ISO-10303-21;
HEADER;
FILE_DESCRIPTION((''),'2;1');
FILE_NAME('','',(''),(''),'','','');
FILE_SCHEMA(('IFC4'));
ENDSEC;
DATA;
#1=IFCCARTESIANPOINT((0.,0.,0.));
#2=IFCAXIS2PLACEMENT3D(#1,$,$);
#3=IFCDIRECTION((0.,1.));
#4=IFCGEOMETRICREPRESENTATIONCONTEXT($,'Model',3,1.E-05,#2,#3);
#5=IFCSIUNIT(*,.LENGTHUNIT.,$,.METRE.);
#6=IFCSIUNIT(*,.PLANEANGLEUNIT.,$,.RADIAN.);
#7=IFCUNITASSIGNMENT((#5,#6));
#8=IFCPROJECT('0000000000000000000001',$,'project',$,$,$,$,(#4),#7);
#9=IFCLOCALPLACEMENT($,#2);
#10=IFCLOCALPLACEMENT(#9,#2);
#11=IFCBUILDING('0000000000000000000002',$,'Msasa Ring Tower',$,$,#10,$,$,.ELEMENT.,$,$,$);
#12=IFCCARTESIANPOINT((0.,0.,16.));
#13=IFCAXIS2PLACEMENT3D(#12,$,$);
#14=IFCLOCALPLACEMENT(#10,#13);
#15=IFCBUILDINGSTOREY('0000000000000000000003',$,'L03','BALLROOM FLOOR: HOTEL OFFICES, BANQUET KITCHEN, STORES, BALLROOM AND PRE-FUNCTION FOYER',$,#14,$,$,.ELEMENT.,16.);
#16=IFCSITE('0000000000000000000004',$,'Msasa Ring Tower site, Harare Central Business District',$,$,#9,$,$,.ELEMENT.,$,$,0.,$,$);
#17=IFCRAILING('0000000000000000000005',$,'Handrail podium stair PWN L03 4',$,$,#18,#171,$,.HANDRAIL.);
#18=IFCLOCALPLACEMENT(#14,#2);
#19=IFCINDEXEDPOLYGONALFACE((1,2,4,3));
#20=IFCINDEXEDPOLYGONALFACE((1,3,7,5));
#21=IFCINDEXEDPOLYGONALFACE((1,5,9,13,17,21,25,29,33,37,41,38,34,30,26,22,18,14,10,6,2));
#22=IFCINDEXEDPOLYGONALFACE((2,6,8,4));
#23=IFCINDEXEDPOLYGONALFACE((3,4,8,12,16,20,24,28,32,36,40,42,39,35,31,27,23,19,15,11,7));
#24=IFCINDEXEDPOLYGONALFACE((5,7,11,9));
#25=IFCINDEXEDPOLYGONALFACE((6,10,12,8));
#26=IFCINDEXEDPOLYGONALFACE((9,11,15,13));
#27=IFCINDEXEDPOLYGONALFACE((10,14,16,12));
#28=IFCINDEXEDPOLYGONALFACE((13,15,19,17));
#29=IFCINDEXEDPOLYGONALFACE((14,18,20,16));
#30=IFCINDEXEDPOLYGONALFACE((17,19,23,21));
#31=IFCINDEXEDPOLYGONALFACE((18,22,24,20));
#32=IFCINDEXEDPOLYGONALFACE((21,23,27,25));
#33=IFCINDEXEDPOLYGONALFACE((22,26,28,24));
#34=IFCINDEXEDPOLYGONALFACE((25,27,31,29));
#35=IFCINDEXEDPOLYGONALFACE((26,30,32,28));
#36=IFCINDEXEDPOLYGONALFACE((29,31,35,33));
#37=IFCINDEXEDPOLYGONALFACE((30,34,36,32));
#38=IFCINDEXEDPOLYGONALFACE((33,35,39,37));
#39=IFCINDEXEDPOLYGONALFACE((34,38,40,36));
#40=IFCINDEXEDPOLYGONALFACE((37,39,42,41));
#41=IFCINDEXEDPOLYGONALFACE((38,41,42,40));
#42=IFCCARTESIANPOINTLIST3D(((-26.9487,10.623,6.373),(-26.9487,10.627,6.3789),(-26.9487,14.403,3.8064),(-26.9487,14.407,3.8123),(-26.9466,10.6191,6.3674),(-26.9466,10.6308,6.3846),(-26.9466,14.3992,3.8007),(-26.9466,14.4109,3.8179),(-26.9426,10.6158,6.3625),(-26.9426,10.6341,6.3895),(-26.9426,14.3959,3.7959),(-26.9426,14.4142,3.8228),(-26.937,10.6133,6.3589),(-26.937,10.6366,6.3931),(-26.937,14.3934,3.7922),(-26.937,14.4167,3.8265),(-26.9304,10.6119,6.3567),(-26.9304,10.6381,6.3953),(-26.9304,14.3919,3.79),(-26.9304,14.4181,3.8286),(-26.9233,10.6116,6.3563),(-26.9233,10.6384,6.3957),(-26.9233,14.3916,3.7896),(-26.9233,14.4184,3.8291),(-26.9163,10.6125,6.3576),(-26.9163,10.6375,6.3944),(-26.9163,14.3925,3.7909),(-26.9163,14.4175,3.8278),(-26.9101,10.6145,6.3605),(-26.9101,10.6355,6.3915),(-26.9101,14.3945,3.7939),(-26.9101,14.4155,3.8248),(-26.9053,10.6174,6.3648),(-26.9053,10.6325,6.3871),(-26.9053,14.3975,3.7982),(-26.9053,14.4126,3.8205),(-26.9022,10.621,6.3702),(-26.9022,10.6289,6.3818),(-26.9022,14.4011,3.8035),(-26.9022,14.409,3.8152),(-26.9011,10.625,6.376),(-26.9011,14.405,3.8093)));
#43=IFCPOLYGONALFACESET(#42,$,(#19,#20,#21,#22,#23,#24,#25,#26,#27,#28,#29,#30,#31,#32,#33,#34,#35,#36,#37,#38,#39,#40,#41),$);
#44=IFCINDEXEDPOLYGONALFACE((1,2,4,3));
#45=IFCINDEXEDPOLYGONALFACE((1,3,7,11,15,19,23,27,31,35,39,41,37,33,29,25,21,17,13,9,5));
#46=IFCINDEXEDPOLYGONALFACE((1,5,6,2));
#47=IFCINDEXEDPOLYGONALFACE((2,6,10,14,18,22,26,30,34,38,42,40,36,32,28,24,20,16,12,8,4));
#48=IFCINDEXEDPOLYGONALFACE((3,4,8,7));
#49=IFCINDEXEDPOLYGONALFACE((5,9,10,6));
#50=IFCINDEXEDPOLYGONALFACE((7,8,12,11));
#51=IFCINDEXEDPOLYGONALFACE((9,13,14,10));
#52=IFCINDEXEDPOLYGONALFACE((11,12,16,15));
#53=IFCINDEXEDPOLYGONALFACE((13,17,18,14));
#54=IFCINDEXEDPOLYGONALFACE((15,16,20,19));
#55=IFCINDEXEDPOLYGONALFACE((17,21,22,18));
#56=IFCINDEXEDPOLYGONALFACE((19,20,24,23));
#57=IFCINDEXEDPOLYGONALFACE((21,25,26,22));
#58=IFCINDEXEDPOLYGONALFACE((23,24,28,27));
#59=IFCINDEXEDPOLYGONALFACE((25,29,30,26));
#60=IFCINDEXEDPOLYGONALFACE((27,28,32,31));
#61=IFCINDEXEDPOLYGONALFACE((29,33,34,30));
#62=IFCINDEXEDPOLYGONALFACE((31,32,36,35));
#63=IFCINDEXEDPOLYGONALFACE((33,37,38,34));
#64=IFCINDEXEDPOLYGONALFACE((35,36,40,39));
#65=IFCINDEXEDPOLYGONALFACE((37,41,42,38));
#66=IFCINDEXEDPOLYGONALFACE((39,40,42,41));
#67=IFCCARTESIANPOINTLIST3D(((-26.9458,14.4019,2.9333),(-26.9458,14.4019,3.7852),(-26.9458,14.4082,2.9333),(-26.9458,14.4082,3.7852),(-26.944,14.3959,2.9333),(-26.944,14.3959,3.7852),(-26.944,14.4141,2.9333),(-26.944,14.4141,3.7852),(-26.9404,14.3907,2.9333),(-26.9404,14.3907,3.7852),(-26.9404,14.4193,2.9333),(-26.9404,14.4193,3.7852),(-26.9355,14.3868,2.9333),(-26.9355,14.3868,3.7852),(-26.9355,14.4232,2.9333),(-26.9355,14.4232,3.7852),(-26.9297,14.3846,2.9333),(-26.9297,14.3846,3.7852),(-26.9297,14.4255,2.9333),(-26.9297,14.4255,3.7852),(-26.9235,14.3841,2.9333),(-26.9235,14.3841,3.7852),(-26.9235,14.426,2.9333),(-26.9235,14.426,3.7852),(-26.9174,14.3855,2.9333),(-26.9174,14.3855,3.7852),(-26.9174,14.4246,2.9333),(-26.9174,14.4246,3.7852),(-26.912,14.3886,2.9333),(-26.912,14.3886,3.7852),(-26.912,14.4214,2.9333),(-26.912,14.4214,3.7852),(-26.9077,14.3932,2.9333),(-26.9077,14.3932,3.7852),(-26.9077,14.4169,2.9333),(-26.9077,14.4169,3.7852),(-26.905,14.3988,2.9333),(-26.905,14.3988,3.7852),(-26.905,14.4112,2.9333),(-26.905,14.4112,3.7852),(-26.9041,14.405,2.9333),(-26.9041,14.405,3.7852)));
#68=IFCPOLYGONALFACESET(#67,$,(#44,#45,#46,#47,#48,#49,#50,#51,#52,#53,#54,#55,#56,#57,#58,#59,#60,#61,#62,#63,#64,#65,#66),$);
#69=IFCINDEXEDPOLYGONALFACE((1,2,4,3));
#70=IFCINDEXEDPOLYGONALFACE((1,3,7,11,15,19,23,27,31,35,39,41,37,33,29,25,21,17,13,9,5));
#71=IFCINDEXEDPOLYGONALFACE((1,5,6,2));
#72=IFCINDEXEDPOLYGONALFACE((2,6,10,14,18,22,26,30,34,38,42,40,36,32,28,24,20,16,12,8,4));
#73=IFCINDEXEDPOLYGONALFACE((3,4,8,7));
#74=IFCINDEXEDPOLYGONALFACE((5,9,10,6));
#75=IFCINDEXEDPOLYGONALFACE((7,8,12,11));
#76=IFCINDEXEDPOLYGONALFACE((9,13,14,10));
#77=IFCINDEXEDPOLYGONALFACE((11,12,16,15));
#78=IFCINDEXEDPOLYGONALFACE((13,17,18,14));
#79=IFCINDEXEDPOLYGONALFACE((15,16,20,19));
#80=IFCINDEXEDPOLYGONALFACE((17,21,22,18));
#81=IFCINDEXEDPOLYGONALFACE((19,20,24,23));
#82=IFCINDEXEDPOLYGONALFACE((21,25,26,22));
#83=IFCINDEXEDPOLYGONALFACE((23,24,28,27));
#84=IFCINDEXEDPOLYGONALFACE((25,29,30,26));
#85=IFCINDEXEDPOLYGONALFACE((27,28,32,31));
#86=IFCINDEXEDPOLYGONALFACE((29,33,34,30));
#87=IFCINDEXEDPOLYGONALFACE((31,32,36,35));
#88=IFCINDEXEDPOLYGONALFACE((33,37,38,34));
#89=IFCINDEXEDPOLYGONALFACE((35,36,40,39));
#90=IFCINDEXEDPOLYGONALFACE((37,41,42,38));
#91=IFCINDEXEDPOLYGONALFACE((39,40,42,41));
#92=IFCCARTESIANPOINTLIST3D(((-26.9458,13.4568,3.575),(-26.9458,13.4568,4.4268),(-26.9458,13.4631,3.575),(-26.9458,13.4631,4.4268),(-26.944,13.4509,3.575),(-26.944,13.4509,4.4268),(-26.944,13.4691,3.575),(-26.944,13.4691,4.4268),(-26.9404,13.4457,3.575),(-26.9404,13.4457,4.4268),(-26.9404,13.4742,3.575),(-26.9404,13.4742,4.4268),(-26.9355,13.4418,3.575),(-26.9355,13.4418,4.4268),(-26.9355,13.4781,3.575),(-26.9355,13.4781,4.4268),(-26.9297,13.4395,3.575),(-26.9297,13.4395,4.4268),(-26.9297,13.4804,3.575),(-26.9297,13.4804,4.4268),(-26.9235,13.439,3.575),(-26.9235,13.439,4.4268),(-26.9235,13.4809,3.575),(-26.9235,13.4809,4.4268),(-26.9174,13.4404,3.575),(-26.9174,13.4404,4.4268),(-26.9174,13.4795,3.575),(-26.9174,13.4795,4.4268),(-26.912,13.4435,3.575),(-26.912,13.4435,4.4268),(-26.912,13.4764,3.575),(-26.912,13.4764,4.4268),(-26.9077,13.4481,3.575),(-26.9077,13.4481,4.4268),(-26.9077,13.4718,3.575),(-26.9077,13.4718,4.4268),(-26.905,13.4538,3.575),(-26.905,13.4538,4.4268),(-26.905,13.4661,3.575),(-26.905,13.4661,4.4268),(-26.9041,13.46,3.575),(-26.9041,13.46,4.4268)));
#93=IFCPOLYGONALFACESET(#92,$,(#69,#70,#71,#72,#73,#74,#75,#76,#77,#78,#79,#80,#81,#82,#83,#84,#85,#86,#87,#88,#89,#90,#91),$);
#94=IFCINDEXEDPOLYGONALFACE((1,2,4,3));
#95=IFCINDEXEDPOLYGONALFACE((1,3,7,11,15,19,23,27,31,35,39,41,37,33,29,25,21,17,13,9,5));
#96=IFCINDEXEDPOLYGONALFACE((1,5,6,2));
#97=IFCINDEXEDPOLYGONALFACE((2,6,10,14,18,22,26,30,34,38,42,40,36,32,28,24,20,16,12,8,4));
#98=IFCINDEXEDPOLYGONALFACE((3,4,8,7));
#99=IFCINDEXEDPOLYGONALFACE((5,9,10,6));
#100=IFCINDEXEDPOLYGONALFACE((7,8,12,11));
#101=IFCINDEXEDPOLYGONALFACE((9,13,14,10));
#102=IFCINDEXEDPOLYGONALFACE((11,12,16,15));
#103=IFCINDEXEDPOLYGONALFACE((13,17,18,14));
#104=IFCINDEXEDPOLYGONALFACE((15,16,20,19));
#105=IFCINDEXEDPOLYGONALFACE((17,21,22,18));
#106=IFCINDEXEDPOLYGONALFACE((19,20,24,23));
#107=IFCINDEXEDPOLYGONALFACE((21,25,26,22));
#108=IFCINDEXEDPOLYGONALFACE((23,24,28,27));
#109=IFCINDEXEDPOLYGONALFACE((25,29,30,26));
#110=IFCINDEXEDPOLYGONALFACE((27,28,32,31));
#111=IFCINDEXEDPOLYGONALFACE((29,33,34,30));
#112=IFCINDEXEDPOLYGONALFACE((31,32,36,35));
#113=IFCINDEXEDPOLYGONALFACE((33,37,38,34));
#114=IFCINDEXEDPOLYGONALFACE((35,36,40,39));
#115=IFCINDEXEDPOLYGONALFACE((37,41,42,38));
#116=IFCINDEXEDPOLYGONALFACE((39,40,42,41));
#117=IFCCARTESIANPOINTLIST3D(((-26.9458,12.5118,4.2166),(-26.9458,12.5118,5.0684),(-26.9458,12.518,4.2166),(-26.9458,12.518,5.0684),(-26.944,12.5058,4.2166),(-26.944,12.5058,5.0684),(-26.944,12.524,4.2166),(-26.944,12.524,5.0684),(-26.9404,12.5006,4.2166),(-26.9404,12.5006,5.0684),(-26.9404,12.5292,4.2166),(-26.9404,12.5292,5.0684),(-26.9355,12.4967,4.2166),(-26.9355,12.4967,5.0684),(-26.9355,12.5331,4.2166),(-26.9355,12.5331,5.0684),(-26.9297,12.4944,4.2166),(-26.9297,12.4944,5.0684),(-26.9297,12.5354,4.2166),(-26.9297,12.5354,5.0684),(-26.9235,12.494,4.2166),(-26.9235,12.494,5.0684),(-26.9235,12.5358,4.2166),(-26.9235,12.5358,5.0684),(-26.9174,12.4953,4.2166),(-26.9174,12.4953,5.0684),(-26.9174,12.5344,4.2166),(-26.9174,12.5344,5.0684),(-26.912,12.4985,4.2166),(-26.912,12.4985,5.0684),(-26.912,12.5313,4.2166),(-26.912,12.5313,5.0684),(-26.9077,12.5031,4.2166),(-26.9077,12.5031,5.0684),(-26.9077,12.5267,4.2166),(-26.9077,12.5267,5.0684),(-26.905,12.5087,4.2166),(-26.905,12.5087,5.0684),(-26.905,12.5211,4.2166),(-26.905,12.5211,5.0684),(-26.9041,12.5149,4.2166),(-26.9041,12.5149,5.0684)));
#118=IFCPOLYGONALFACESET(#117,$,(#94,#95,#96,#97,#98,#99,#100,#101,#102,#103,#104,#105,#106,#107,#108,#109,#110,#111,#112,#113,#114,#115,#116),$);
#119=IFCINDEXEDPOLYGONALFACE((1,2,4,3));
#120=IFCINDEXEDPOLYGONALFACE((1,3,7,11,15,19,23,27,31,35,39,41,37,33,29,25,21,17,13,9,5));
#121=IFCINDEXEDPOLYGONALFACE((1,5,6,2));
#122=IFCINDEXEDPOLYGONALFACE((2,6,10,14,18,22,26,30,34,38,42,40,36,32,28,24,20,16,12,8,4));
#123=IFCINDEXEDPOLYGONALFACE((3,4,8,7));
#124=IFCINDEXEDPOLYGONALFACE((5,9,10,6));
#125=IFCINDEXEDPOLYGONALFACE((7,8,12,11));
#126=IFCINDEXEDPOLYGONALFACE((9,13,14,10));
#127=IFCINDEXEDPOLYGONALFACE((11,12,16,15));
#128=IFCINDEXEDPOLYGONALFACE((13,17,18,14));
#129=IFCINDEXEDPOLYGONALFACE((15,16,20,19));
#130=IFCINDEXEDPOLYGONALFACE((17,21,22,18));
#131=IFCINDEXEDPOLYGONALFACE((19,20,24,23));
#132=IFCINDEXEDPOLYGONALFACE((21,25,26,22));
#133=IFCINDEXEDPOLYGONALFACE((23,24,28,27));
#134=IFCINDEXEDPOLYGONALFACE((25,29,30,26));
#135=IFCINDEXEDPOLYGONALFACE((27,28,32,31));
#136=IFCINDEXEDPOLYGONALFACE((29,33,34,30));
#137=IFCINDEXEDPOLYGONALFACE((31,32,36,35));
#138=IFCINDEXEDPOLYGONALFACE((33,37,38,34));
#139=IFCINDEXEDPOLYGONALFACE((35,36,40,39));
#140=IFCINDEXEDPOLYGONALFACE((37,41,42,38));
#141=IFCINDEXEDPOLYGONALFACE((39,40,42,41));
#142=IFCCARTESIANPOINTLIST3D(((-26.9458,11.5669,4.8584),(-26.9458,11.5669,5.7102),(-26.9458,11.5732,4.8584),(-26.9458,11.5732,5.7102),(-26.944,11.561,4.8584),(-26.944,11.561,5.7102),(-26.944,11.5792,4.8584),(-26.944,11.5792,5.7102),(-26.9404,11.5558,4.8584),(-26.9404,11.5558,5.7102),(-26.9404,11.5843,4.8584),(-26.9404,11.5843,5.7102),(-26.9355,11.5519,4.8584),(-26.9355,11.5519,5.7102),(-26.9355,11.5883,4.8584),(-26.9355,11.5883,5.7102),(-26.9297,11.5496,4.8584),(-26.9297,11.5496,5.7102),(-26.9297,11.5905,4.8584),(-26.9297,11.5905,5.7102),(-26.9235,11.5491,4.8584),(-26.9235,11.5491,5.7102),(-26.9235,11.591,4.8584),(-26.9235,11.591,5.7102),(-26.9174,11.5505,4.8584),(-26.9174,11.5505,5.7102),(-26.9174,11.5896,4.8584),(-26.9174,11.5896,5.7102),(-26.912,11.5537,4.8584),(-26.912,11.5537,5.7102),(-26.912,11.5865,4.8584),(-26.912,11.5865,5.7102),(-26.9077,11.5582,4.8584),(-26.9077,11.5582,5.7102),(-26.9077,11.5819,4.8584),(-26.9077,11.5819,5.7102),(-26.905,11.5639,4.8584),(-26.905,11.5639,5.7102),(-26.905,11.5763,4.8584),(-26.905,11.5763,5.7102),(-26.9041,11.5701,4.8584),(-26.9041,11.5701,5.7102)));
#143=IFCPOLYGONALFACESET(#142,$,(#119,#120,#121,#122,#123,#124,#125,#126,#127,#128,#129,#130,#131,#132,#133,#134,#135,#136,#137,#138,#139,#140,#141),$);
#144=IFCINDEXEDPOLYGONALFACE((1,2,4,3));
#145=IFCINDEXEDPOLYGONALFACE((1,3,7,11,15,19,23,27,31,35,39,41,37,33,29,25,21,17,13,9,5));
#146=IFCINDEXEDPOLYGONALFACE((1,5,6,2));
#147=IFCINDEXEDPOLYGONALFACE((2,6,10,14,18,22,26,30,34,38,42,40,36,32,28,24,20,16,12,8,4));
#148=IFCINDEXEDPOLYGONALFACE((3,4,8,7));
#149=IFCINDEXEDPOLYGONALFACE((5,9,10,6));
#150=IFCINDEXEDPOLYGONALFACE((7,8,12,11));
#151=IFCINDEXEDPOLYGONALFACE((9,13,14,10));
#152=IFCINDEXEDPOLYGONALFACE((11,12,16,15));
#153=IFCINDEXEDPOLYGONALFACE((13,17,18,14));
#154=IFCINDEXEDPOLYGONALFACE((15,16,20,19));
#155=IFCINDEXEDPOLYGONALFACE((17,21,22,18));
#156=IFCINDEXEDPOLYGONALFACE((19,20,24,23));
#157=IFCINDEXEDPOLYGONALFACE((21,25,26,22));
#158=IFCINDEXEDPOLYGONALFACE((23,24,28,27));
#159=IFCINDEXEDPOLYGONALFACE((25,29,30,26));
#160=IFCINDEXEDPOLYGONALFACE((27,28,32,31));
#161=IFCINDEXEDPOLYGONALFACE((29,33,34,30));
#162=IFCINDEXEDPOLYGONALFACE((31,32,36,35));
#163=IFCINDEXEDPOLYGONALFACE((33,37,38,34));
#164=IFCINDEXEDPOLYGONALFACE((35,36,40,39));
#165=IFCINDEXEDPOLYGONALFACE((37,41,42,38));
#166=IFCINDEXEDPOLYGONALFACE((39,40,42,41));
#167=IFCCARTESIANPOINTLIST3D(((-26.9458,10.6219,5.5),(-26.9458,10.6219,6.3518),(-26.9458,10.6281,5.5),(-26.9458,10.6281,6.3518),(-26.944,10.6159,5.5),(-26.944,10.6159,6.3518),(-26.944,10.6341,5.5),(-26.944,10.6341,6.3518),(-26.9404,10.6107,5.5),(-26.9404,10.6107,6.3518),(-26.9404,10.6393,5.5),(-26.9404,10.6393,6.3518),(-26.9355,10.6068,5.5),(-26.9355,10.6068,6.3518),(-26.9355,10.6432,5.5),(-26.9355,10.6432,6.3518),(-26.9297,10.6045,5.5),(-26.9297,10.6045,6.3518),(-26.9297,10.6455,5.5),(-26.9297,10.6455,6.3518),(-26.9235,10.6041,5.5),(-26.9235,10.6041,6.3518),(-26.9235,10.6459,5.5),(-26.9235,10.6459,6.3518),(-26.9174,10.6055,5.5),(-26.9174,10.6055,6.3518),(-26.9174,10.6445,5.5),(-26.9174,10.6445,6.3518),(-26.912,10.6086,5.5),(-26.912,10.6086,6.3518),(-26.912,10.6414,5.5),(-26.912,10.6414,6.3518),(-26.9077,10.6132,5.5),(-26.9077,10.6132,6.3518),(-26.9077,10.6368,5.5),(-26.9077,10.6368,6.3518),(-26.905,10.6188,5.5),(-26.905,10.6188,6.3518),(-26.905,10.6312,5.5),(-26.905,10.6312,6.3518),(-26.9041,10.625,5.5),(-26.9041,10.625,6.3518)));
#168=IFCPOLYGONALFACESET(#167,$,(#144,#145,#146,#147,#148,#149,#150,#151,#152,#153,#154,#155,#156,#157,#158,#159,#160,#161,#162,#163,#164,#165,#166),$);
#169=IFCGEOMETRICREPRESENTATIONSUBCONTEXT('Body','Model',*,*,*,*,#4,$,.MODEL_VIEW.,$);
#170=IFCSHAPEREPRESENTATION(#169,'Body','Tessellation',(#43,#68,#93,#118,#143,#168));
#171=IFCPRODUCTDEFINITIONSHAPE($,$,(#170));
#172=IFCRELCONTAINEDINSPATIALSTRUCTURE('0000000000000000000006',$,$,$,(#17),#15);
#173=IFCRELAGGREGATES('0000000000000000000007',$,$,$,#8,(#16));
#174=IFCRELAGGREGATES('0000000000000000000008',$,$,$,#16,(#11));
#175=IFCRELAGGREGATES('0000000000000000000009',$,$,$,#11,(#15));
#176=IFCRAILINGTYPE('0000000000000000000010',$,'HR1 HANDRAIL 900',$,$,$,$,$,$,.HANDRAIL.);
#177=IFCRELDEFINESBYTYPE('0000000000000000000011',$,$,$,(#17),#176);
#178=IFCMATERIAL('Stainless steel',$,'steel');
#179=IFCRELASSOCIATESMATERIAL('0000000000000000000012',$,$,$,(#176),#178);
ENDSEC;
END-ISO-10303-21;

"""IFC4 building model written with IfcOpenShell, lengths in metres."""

from ifc_helpers import new_model, si_unit, direction, frame, origin, origin_2d, place, context, subcontext, project, spatial, circle, extrude, material, type_object, element, save


model = new_model("IFC4")

# Units and contexts
model_context = context("Model", 3, precision=1e-05, world=origin(), true_north=direction((0.0, 1.0)))
body_context = subcontext(model_context, "Body", "Model", "MODEL_VIEW")
ifc_project = project(units=[si_unit("LENGTHUNIT", "METRE"), si_unit("PLANEANGLEUNIT", "RADIAN")], contexts=[model_context])

# Site, building, storey
site_placement = place(None, origin())
site = spatial("IfcSite", under=ifc_project, at=site_placement, Name="Msasa Ring Tower site, Harare Central Business District", CompositionType="ELEMENT", RefElevation=0.0)
building_placement = place(site_placement, origin())
building = spatial("IfcBuilding", under=site, at=building_placement, Name="Msasa Ring Tower", CompositionType="ELEMENT")
storey_placement = place(building_placement, frame((0.0, 0.0, 16.0)))
storey = spatial("IfcBuildingStorey", under=building, at=storey_placement, Name="L03", Description="BALLROOM FLOOR: HOTEL OFFICES, BANQUET KITCHEN, STORES, BALLROOM AND PRE-FUNCTION FOYER", CompositionType="ELEMENT", Elevation=16.0)

# Railing
ifc_material_1 = material(Name="Stainless steel", Category="steel")
railing_type = type_object("IfcRailingType", Name="HR1 HANDRAIL 900", PredefinedType="HANDRAIL", material=ifc_material_1)
for number, where, name in (
    (1, (-26.925, 14.405, 2.9333), "Handrail podium stair PWN L03 4"),
):
    element("IfcRailing", number, at=place(storey_placement, frame(where)), inside=storey, type_object=railing_type, Name=name, PredefinedType="HANDRAIL", context=body_context, shape_type="SweptSolid", body=[
        extrude(circle(Radius=0.0239, at=origin_2d()), frame((0.0, 0.0, 0.876), z_axis=(0.0, -0.82731, 0.561746), x_axis=(1.0, 0.0, 0.0)), (0.0, 0.0, 1.0), 4.5691),
        extrude(circle(Radius=0.021, at=origin_2d()), origin(), (0.0, 0.0, 1.0), 0.8518),
        extrude(circle(Radius=0.021, at=origin_2d()), frame((0.0, -0.9451, 0.6416)), (0.0, 0.0, 1.0), 0.8518),
        extrude(circle(Radius=0.021, at=origin_2d()), frame((0.0, -1.8901, 1.2832)), (0.0, 0.0, 1.0), 0.8518),
        extrude(circle(Radius=0.021, at=origin_2d()), frame((0.0, -2.835, 1.925)), (0.0, 0.0, 1.0), 0.8518),
        extrude(circle(Radius=0.021, at=origin_2d()), frame((0.0, -3.78, 2.5667)), (0.0, 0.0, 1.0), 0.8518),
    ])

save(model, "model.ifc")
